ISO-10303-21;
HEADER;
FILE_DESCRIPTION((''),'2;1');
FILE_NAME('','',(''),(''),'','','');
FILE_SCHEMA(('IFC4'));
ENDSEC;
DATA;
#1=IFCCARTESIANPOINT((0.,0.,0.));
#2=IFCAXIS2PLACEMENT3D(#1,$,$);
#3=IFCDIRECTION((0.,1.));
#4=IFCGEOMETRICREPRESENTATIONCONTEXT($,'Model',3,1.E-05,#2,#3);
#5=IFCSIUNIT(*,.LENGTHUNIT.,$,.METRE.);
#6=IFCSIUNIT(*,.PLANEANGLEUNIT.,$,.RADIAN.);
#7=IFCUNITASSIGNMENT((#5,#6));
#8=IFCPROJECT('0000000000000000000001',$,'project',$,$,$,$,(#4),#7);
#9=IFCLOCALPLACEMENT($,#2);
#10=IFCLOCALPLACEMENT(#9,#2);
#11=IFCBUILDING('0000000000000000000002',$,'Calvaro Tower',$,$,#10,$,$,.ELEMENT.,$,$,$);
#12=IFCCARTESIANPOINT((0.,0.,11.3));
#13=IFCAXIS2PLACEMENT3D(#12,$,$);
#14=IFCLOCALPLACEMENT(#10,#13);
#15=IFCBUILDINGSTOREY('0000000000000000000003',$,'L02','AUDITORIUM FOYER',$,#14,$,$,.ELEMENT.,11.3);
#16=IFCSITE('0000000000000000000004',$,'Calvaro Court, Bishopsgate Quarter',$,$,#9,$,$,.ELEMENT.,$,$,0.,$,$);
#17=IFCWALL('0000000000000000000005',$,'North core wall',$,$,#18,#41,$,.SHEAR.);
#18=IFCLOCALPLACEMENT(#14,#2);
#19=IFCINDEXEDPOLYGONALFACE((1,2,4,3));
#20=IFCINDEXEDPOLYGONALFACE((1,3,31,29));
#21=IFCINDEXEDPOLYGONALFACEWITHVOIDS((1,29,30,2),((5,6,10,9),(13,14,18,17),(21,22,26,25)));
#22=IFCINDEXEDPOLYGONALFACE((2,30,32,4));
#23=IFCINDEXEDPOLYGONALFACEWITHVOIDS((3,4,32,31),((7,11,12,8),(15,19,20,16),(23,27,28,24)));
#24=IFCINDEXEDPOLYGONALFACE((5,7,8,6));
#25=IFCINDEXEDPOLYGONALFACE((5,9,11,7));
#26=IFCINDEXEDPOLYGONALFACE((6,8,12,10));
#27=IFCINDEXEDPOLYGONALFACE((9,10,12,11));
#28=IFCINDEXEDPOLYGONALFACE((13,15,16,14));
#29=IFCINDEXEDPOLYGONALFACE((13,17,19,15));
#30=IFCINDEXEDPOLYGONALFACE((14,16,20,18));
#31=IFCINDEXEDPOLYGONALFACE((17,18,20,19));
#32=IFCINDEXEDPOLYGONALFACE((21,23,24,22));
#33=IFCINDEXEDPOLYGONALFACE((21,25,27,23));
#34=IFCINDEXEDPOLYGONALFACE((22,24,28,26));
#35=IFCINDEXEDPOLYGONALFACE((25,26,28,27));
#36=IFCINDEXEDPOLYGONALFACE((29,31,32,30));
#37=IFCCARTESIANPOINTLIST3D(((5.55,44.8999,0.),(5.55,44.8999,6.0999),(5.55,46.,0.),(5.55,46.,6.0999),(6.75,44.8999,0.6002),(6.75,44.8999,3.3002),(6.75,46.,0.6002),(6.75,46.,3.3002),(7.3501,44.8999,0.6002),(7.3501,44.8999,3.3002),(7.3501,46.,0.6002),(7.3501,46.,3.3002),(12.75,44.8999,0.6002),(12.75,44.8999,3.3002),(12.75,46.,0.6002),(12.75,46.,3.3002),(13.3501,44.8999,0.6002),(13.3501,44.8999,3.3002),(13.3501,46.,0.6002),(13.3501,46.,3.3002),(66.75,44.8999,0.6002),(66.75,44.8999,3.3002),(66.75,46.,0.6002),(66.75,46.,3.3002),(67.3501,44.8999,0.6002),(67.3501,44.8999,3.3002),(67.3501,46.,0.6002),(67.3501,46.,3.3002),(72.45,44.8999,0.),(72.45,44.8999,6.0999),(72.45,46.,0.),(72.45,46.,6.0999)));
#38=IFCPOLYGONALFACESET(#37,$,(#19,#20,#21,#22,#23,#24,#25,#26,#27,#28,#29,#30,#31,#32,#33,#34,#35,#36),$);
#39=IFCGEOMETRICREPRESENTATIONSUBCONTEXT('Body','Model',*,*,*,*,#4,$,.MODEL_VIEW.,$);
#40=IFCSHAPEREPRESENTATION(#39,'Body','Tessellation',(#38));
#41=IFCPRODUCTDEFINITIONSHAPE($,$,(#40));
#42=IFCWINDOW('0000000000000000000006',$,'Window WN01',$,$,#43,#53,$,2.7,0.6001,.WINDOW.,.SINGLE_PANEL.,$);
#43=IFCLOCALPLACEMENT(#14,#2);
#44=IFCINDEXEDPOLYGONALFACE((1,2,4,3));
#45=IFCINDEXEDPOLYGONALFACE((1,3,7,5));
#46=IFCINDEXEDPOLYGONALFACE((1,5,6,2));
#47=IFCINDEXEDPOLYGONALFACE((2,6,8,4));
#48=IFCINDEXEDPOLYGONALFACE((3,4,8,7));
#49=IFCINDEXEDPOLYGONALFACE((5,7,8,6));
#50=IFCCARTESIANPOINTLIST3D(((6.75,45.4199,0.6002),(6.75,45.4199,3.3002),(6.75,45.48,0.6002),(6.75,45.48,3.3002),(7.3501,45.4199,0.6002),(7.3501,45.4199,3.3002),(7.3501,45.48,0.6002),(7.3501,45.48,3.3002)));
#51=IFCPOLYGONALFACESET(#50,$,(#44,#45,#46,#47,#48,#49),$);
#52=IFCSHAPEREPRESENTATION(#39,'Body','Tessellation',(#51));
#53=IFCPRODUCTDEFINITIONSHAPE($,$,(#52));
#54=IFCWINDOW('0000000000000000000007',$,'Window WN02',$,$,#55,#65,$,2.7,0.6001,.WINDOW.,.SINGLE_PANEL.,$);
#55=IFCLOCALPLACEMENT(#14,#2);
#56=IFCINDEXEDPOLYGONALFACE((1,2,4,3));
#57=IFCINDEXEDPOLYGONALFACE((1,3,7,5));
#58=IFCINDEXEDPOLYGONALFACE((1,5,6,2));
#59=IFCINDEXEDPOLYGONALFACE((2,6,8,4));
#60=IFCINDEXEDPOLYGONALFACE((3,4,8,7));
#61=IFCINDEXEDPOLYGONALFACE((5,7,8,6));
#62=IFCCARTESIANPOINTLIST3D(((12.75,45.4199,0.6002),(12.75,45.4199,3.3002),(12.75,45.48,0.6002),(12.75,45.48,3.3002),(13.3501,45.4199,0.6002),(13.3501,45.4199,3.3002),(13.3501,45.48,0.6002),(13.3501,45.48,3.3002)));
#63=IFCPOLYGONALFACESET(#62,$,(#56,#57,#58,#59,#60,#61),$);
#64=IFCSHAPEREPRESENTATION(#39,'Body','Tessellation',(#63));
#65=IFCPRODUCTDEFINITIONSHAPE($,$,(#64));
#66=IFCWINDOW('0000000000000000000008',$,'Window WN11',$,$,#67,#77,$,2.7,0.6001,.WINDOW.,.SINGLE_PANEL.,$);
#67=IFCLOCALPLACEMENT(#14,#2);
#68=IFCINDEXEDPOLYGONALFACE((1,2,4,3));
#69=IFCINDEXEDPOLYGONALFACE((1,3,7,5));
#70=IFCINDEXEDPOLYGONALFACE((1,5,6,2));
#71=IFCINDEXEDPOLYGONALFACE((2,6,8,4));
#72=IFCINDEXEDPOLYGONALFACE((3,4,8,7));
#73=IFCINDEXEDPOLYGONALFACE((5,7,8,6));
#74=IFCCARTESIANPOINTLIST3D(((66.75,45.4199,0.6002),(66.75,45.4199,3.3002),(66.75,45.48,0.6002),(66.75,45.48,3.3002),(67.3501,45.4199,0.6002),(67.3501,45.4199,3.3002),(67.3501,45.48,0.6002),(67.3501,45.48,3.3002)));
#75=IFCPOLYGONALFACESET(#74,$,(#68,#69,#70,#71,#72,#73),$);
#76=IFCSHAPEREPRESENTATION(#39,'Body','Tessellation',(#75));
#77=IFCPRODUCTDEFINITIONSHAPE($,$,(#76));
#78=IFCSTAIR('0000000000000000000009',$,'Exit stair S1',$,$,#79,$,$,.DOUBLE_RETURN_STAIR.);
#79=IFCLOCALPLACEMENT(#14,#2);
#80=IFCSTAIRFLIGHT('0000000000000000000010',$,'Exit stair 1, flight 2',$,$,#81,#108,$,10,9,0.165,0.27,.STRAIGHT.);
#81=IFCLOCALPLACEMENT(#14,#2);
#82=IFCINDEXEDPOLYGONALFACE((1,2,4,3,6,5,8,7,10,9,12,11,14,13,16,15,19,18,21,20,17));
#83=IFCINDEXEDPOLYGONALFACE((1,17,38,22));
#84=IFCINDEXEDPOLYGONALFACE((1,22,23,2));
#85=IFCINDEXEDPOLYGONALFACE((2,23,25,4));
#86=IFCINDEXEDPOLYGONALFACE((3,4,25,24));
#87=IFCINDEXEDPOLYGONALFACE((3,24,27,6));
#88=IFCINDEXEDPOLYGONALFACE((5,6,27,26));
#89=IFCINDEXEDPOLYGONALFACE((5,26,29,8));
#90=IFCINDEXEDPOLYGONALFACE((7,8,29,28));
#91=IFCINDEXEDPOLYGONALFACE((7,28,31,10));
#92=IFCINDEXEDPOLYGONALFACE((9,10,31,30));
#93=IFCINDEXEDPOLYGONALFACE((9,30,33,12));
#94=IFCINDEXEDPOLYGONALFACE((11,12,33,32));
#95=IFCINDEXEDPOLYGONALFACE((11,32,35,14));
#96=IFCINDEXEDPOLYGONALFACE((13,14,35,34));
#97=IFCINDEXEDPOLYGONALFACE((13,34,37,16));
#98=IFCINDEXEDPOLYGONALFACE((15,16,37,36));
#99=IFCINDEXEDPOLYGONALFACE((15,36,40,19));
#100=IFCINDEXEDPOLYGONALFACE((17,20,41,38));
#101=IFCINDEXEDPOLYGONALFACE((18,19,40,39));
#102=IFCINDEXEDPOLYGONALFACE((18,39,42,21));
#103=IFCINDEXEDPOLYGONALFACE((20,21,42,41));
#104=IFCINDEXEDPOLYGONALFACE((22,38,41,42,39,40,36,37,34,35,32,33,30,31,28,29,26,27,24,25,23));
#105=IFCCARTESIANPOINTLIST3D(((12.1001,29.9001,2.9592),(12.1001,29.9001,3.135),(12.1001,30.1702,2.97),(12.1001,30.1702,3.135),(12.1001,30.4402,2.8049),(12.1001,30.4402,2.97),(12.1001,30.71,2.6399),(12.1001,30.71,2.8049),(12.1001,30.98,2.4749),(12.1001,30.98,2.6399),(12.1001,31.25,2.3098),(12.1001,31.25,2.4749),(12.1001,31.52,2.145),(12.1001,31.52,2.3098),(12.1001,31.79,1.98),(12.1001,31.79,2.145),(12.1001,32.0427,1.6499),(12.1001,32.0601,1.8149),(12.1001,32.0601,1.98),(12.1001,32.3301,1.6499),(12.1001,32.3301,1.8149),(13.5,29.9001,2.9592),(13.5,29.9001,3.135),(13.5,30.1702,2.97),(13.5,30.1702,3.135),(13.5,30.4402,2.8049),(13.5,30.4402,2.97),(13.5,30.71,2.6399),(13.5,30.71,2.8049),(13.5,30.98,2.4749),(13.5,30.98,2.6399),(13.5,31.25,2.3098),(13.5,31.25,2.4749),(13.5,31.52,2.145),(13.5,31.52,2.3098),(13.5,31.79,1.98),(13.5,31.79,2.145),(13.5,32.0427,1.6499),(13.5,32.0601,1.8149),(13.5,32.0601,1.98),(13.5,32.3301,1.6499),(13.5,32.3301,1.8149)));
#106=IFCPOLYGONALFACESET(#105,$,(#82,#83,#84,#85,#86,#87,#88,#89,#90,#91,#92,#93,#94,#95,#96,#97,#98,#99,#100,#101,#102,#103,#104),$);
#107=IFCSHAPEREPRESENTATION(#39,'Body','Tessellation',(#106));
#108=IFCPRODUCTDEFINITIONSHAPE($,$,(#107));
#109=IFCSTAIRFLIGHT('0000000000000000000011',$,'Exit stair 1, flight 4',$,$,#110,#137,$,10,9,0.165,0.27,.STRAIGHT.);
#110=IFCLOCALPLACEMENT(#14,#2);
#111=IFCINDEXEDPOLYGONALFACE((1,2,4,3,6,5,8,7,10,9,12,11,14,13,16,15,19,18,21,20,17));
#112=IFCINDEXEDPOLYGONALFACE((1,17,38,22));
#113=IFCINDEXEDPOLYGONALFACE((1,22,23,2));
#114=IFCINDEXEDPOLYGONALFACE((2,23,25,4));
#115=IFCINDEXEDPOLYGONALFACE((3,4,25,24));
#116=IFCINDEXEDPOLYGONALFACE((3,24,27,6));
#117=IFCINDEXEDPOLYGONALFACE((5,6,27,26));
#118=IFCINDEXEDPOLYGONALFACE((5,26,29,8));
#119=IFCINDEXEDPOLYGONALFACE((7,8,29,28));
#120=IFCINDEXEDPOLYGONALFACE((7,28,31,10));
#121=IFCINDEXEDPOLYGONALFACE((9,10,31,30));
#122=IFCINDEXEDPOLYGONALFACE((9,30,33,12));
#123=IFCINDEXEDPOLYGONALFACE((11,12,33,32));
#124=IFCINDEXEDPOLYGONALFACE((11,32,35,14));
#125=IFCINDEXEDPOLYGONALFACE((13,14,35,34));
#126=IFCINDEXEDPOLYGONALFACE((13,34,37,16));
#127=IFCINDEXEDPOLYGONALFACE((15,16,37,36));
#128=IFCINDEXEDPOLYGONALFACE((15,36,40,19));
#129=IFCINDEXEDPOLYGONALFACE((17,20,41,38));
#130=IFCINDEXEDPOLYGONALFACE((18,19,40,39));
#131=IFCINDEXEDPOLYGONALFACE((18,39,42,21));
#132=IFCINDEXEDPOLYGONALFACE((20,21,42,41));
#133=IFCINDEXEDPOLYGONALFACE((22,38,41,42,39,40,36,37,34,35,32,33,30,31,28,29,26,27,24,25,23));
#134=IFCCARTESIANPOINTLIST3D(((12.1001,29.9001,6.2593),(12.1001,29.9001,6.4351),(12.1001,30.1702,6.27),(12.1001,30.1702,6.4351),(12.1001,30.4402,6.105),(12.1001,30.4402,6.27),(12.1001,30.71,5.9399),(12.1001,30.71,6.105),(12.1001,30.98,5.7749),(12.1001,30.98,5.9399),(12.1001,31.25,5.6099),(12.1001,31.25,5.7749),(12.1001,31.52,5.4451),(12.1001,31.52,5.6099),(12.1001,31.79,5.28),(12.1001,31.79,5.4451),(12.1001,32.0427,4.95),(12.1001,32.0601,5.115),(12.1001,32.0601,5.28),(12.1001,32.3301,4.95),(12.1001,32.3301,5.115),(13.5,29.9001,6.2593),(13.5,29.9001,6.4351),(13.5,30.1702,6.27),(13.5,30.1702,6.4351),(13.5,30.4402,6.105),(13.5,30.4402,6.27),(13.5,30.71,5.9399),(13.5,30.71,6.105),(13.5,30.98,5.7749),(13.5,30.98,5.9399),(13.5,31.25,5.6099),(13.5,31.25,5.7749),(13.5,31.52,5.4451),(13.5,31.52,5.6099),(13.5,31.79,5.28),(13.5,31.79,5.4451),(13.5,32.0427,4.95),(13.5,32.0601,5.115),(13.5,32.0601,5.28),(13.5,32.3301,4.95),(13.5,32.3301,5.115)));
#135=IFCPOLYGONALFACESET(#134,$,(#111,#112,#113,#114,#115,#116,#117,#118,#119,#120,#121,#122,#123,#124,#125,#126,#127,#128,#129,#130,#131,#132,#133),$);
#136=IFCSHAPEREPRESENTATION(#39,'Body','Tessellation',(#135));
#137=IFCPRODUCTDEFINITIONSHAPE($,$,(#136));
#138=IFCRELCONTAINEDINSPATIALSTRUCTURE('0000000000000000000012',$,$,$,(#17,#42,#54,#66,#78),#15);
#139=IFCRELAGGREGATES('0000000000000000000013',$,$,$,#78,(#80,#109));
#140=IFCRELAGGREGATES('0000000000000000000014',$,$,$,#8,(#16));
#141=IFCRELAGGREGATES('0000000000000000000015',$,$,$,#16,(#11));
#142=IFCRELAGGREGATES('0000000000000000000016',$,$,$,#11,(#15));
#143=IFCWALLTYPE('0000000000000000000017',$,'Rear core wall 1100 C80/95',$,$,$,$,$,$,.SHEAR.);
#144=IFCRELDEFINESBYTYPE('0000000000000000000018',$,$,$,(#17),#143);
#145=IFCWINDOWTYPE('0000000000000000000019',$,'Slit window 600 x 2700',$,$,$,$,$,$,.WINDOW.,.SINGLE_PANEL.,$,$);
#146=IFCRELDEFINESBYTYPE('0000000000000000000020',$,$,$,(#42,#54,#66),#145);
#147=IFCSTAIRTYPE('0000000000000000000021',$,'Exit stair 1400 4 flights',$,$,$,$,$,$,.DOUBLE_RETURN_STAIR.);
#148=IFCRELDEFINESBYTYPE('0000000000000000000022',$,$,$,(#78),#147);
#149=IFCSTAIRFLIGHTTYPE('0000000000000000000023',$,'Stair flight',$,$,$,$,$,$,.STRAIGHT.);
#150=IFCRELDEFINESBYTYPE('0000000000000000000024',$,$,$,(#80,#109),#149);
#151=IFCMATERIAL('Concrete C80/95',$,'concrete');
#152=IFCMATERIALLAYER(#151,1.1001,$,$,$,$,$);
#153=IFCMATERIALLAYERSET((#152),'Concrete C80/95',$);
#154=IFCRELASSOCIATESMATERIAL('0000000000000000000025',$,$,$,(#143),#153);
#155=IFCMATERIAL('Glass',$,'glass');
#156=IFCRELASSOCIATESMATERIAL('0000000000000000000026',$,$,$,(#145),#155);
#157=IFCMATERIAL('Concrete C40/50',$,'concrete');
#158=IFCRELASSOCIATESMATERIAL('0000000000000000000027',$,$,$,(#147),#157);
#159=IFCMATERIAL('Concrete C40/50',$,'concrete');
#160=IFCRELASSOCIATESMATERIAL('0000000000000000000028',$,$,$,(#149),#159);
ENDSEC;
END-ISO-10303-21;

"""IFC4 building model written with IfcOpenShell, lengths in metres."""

from ifc_helpers import new_model, si_unit, direction, frame, frame_2d, origin, place, context, subcontext, project, spatial, polyline, rectangle, outline, extrude, material, layer, layer_set, type_object, element, fill, aggregate, save


model = new_model("IFC4")

# Units and contexts
model_context = context("Model", 3, precision=1e-05, world=origin(), true_north=direction((0.0, 1.0)))
body_context = subcontext(model_context, "Body", "Model", "MODEL_VIEW")
ifc_project = project(units=[si_unit("LENGTHUNIT", "METRE"), si_unit("PLANEANGLEUNIT", "RADIAN")], contexts=[model_context])

# Site, building, storey
site_placement = place(None, origin())
site = spatial("IfcSite", under=ifc_project, at=site_placement, Name="Calvaro Court, Bishopsgate Quarter", CompositionType="ELEMENT", RefElevation=0.0)
building_placement = place(site_placement, origin())
building = spatial("IfcBuilding", under=site, at=building_placement, Name="Calvaro Tower", CompositionType="ELEMENT")
storey_placement = place(building_placement, frame((0.0, 0.0, 11.3)))
storey = spatial("IfcBuildingStorey", under=building, at=storey_placement, Name="L02", Description="AUDITORIUM FOYER", CompositionType="ELEMENT", Elevation=11.3)

# Wall, openings, windows
ifc_material_1 = material(Name="Concrete C80/95", Category="concrete")
ifc_layer_1 = layer(ifc_material_1, 1.1001)
ifc_layer_set_1 = layer_set([ifc_layer_1], Name="Concrete C80/95")
wall_type_1 = type_object("IfcWallType", Name="Rear core wall 1100 C80/95", PredefinedType="SHEAR", material=ifc_layer_set_1)
wall_1_placement = place(storey_placement, frame((5.55, 45.45, 0.0), z_axis=(0.0, 0.0, 1.0), x_axis=(1.0, 0.0, 0.0)))
wall_1 = element("IfcWall", 1, at=wall_1_placement, inside=storey, type_object=wall_type_1, Name="North core wall", PredefinedType="SHEAR", context=body_context, shape_type="SweptSolid", body=[
    extrude(rectangle(XDim=66.8999, YDim=1.1001, at=frame_2d((33.45, 0.0))), origin(), (0.0, 0.0, 1.0), 6.0999),
])
opening_1_placement = place(wall_1_placement, frame((1.2, 0.0, 0.6001)))
opening_1 = element("IfcOpeningElement", 2, at=opening_1_placement, cuts=wall_1, PredefinedType="OPENING", context=body_context, shape_type="SweptSolid", body=[
    extrude(rectangle(XDim=0.6001, YDim=2.7, at=frame_2d((0.3, 1.3501))), frame((0.0, 0.5601, 0.0), z_axis=(0.0, -1.0, 0.0), x_axis=(1.0, 0.0, 0.0)), (0.0, 0.0, 1.0), 1.1201),
])
opening_2_placement = place(wall_1_placement, frame((7.2, 0.0, 0.6001)))
opening_2 = element("IfcOpeningElement", 3, at=opening_2_placement, cuts=wall_1, PredefinedType="OPENING", context=body_context, shape_type="SweptSolid", body=[
    extrude(rectangle(XDim=0.6001, YDim=2.7, at=frame_2d((0.3, 1.3501))), frame((0.0, 0.5601, 0.0), z_axis=(0.0, -1.0, 0.0), x_axis=(1.0, 0.0, 0.0)), (0.0, 0.0, 1.0), 1.1201),
])
opening_3_placement = place(wall_1_placement, frame((61.2, 0.0, 0.6001)))
opening_3 = element("IfcOpeningElement", 4, at=opening_3_placement, cuts=wall_1, PredefinedType="OPENING", context=body_context, shape_type="SweptSolid", body=[
    extrude(rectangle(XDim=0.6001, YDim=2.7, at=frame_2d((0.3, 1.3501))), frame((0.0, 0.5601, 0.0), z_axis=(0.0, -1.0, 0.0), x_axis=(1.0, 0.0, 0.0)), (0.0, 0.0, 1.0), 1.1201),
])
ifc_material_2 = material(Name="Glass", Category="glass")
window_type = type_object("IfcWindowType", Name="Slit window 600 x 2700", PartitioningType="SINGLE_PANEL", PredefinedType="WINDOW", material=ifc_material_2)
window_1_placement = place(opening_1_placement, origin())
window_1 = element("IfcWindow", 5, at=window_1_placement, inside=storey, type_object=window_type, Name="Window WN01", OverallHeight=2.7, OverallWidth=0.6001, PartitioningType="SINGLE_PANEL", PredefinedType="WINDOW", context=body_context, shape_type="SweptSolid", body=[
    extrude(rectangle(XDim=0.6001, YDim=2.7, at=frame_2d((0.3, 1.3501))), frame((0.0, 0.03, 0.0), z_axis=(0.0, -1.0, 0.0), x_axis=(1.0, 0.0, 0.0)), (0.0, 0.0, 1.0), 0.0601),
])
fill(opening_1, window_1)
window_2_placement = place(opening_2_placement, origin())
window_2 = element("IfcWindow", 6, at=window_2_placement, inside=storey, type_object=window_type, Name="Window WN02", OverallHeight=2.7, OverallWidth=0.6001, PartitioningType="SINGLE_PANEL", PredefinedType="WINDOW", context=body_context, shape_type="SweptSolid", body=[
    extrude(rectangle(XDim=0.6001, YDim=2.7, at=frame_2d((0.3, 1.3501))), frame((0.0, 0.03, 0.0), z_axis=(0.0, -1.0, 0.0), x_axis=(1.0, 0.0, 0.0)), (0.0, 0.0, 1.0), 0.0601),
])
fill(opening_2, window_2)
window_3_placement = place(opening_3_placement, origin())
window_3 = element("IfcWindow", 7, at=window_3_placement, inside=storey, type_object=window_type, Name="Window WN11", OverallHeight=2.7, OverallWidth=0.6001, PartitioningType="SINGLE_PANEL", PredefinedType="WINDOW", context=body_context, shape_type="SweptSolid", body=[
    extrude(rectangle(XDim=0.6001, YDim=2.7, at=frame_2d((0.3, 1.3501))), frame((0.0, 0.03, 0.0), z_axis=(0.0, -1.0, 0.0), x_axis=(1.0, 0.0, 0.0)), (0.0, 0.0, 1.0), 0.0601),
])
fill(opening_3, window_3)

# Stair, stair flights
ifc_material_3 = material(Name="Concrete C40/50", Category="concrete")
stair_type = type_object("IfcStairType", Name="Exit stair 1400 4 flights", PredefinedType="DOUBLE_RETURN_STAIR", material=ifc_material_3)
stair_placement = place(storey_placement, origin())
stair = element("IfcStair", 8, at=stair_placement, inside=storey, type_object=stair_type, Name="Exit stair S1", PredefinedType="DOUBLE_RETURN_STAIR")
ifc_material_4 = material(Name="Concrete C40/50", Category="concrete")
stair_flight_type = type_object("IfcStairFlightType", Name="Stair flight", PredefinedType="STRAIGHT", material=ifc_material_4)
stair_flight_1_placement = place(storey_placement, frame((12.8, 32.3301, 1.6499), z_axis=(0.0, 0.0, 1.0), x_axis=(0.0, -1.0, 0.0)))
stair_flight_1 = element("IfcStairFlight", 9, at=stair_flight_1_placement, type_object=stair_flight_type, Name="Exit stair 1, flight 2", NumberOfRisers=10, NumberOfTreads=9, PredefinedType="STRAIGHT", RiserHeight=0.165, TreadLength=0.27, context=body_context, shape_type="SweptSolid", body=[
    extrude(outline(polyline([(0.0, 0.0), (0.0, 0.165), (0.27, 0.165), (0.27, 0.3301), (0.54, 0.3301), (0.54, 0.4951), (0.8101, 0.4951), (0.8101, 0.6599), (1.0801, 0.6599), (1.0801, 0.825), (1.3501, 0.825), (1.3501, 0.99), (1.6201, 0.99), (1.6201, 1.155), (1.8899, 1.155), (1.8899, 1.3201), (2.1599, 1.3201), (2.1599, 1.4851), (2.4299, 1.4851), (2.4299, 1.6499), (2.4299, 1.3093), (0.2874, 0.0), (0.0, 0.0)])), frame((0.0, 0.7, 0.0), z_axis=(0.0, -1.0, 0.0), x_axis=(1.0, 0.0, 0.0)), (0.0, 0.0, 1.0), 1.3999),
])
stair_flight_2_placement = place(storey_placement, frame((12.8, 32.3301, 4.95), z_axis=(0.0, 0.0, 1.0), x_axis=(0.0, -1.0, 0.0)))
stair_flight_2 = element("IfcStairFlight", 10, at=stair_flight_2_placement, type_object=stair_flight_type, Name="Exit stair 1, flight 4", NumberOfRisers=10, NumberOfTreads=9, PredefinedType="STRAIGHT", RiserHeight=0.165, TreadLength=0.27, context=body_context, shape_type="SweptSolid", body=[
    extrude(outline(polyline([(0.0, 0.0), (0.0, 0.165), (0.27, 0.165), (0.27, 0.3301), (0.54, 0.3301), (0.54, 0.4951), (0.8101, 0.4951), (0.8101, 0.6599), (1.0801, 0.6599), (1.0801, 0.825), (1.3501, 0.825), (1.3501, 0.99), (1.6201, 0.99), (1.6201, 1.155), (1.8899, 1.155), (1.8899, 1.3201), (2.1599, 1.3201), (2.1599, 1.4851), (2.4299, 1.4851), (2.4299, 1.6499), (2.4299, 1.3093), (0.2874, 0.0), (0.0, 0.0)])), frame((0.0, 0.7, 0.0), z_axis=(0.0, -1.0, 0.0), x_axis=(1.0, 0.0, 0.0)), (0.0, 0.0, 1.0), 1.3999),
])
aggregate(stair, [stair_flight_1, stair_flight_2])

save(model, "model.ifc")
